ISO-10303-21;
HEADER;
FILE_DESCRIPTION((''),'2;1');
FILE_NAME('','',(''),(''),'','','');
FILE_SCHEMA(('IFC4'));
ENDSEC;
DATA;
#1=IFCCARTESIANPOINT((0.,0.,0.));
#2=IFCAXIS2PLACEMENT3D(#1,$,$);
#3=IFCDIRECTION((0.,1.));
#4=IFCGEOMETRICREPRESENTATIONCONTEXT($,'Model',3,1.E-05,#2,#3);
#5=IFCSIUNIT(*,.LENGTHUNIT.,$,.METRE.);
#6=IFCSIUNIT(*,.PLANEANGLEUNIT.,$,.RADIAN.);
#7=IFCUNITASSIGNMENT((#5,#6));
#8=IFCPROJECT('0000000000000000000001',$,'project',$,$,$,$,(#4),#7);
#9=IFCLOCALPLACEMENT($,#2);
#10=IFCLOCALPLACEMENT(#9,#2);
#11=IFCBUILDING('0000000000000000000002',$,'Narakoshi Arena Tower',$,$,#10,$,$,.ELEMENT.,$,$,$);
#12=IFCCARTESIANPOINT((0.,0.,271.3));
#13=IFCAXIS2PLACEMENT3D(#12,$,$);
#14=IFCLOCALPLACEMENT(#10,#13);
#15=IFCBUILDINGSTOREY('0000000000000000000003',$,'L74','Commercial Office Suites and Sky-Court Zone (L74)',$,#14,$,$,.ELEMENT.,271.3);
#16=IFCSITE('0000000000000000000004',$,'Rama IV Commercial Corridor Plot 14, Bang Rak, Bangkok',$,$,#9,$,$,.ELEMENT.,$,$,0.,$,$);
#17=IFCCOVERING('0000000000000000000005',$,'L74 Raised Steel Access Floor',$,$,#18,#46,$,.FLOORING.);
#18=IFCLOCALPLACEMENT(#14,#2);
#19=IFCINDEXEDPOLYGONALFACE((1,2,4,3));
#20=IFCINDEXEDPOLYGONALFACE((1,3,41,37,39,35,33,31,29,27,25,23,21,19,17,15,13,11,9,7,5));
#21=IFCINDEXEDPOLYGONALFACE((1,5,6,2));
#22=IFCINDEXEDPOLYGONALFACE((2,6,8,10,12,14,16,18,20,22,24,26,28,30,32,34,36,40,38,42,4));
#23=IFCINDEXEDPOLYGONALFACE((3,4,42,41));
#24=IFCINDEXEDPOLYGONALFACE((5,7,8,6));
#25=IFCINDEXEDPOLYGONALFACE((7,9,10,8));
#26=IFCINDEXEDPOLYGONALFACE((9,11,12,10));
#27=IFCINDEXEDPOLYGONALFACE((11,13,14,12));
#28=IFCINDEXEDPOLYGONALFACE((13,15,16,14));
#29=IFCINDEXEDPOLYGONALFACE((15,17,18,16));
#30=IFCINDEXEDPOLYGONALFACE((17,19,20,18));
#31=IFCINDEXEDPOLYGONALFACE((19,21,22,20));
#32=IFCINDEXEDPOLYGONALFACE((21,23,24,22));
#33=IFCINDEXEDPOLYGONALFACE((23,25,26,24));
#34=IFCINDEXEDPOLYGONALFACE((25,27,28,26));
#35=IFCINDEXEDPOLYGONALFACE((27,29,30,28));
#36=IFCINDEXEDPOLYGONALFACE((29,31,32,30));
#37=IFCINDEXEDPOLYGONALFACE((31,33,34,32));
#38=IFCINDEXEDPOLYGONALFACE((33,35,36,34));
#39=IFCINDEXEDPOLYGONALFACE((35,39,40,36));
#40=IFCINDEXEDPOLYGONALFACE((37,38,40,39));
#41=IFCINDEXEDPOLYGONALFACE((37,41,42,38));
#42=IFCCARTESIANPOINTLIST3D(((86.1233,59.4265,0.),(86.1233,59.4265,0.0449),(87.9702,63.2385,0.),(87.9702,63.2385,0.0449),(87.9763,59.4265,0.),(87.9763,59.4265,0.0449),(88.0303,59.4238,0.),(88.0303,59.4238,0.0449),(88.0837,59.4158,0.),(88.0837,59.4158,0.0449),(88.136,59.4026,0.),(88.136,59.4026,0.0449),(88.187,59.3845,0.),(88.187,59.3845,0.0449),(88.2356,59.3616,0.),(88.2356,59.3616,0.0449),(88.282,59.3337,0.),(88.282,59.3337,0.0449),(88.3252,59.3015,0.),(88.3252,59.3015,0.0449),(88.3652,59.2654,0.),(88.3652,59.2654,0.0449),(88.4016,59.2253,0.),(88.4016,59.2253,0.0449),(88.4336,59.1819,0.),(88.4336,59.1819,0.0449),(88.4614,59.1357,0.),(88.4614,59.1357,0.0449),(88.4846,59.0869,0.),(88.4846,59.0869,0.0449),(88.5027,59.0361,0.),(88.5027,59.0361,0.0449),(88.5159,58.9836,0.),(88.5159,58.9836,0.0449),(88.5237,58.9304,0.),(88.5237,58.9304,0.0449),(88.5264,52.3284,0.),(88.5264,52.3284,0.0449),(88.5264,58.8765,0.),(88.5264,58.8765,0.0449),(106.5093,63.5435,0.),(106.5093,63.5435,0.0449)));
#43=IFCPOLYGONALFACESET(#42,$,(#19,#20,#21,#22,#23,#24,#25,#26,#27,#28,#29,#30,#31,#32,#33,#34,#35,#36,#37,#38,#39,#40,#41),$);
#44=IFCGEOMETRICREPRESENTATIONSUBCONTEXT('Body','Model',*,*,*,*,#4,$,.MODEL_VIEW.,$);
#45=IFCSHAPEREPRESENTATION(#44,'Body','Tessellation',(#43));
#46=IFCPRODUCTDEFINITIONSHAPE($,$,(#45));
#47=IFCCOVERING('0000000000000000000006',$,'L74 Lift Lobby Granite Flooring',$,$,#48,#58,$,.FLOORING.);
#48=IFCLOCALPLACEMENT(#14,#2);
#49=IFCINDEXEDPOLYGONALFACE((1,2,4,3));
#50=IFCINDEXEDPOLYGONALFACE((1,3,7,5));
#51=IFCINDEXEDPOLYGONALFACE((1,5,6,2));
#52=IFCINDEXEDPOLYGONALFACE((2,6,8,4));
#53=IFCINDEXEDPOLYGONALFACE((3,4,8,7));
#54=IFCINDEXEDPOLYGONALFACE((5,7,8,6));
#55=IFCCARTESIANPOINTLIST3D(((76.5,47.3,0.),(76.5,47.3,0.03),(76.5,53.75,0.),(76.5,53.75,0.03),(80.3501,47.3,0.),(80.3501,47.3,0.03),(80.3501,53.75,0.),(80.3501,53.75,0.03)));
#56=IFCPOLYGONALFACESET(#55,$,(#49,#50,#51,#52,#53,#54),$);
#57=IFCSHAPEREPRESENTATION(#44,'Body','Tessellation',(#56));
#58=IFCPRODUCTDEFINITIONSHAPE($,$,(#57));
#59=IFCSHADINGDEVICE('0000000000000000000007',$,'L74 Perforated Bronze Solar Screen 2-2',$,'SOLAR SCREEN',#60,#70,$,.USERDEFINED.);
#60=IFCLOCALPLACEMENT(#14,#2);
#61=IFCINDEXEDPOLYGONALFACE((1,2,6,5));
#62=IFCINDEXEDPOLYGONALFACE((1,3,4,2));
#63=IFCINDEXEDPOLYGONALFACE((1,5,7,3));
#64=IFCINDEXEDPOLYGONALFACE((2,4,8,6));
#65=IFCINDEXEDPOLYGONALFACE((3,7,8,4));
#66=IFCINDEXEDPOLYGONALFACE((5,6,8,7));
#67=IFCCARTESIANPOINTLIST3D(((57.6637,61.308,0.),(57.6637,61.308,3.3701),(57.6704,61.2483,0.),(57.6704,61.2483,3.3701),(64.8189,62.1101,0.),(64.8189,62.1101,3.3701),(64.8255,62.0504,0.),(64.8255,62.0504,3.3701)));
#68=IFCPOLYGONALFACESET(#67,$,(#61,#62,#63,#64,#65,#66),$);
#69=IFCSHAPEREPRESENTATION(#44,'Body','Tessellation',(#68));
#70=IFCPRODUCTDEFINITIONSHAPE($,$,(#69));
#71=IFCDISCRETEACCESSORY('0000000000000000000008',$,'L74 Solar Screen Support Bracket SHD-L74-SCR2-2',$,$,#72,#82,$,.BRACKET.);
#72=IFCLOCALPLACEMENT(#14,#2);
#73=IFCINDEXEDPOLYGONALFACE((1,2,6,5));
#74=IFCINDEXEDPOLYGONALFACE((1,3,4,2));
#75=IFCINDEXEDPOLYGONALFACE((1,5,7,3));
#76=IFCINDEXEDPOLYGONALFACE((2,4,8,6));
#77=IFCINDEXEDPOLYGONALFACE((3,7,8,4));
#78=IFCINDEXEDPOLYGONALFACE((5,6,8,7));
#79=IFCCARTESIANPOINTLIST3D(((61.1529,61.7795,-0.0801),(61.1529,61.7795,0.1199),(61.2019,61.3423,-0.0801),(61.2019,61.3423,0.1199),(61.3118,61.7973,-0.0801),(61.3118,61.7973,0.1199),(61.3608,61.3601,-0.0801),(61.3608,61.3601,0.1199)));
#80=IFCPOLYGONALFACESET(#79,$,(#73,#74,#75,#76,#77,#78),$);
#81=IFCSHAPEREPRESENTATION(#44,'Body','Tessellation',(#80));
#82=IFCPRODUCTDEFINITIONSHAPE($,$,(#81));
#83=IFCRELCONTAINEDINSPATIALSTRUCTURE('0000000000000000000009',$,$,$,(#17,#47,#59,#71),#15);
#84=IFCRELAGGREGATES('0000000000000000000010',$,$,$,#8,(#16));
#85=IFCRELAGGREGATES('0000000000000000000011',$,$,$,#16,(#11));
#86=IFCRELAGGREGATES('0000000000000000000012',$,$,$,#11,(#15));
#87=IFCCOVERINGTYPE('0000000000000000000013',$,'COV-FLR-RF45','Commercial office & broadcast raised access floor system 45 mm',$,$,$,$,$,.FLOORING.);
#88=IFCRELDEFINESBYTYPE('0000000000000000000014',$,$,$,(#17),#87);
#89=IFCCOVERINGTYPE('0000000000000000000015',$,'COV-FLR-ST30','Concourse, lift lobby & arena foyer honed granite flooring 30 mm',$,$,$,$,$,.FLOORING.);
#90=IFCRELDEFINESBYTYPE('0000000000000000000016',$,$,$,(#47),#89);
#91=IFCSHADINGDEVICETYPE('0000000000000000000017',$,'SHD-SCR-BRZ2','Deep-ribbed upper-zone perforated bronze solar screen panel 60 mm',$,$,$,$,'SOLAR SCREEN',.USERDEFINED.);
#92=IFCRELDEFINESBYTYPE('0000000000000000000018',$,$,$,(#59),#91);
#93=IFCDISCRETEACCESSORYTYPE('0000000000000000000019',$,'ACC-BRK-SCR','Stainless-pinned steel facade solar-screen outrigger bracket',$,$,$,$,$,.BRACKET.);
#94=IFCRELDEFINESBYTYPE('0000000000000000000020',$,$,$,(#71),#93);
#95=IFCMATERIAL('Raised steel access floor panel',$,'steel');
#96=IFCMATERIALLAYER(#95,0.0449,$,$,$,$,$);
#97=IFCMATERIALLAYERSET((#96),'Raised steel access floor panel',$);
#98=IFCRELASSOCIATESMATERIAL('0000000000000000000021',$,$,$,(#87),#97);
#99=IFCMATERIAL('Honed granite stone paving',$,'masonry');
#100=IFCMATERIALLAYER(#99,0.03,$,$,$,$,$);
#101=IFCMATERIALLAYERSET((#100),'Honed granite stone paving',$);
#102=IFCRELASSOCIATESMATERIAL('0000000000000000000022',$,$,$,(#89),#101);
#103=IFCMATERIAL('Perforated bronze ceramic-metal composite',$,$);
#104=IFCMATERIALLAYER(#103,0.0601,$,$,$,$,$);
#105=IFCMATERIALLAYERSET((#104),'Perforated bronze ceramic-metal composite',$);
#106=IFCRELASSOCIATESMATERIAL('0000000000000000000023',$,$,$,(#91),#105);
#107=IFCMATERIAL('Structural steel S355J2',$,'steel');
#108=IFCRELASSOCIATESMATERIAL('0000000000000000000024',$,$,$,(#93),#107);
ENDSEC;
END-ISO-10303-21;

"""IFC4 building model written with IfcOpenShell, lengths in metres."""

from ifc_helpers import new_model, si_unit, direction, frame, origin, origin_2d, place, context, subcontext, project, spatial, polyline, rectangle, outline, extrude, material, layer, layer_set, type_object, element, save


model = new_model("IFC4")

# Units and contexts
model_context = context("Model", 3, precision=1e-05, world=origin(), true_north=direction((0.0, 1.0)))
body_context = subcontext(model_context, "Body", "Model", "MODEL_VIEW")
ifc_project = project(units=[si_unit("LENGTHUNIT", "METRE"), si_unit("PLANEANGLEUNIT", "RADIAN")], contexts=[model_context])

# Site, building, storey
site_placement = place(None, origin())
site = spatial("IfcSite", under=ifc_project, at=site_placement, Name="Rama IV Commercial Corridor Plot 14, Bang Rak, Bangkok", CompositionType="ELEMENT", RefElevation=0.0)
building_placement = place(site_placement, origin())
building = spatial("IfcBuilding", under=site, at=building_placement, Name="Narakoshi Arena Tower", CompositionType="ELEMENT")
storey_placement = place(building_placement, frame((0.0, 0.0, 271.3)))
storey = spatial("IfcBuildingStorey", under=building, at=storey_placement, Name="L74", Description="Commercial Office Suites and Sky-Court Zone (L74)", CompositionType="ELEMENT", Elevation=271.3)

# Shared definitions
ifc_material_1 = material(Name="Structural steel S355J2", Category="steel")

# Coverings
ifc_material_2 = material(Name="Raised steel access floor panel", Category="steel")
ifc_layer_1 = layer(ifc_material_2, 0.0449)
ifc_layer_set_1 = layer_set([ifc_layer_1], Name="Raised steel access floor panel")
covering_type_1 = type_object("IfcCoveringType", Name="COV-FLR-RF45", Description="Commercial office & broadcast raised access floor system 45 mm", PredefinedType="FLOORING", material=ifc_layer_set_1)
covering_1_placement = place(storey_placement, origin())
element("IfcCovering", 1, at=covering_1_placement, inside=storey, type_object=covering_type_1, Name="L74 Raised Steel Access Floor", PredefinedType="FLOORING", context=body_context, shape_type="SweptSolid", body=[
    extrude(outline(polyline([(88.5264, 52.3284), (88.5264, 58.8765), (88.5237, 58.9304), (88.5159, 58.9836), (88.5027, 59.0361), (88.4846, 59.0869), (88.4614, 59.1357), (88.4336, 59.1819), (88.4016, 59.2253), (88.3652, 59.2654), (88.3252, 59.3015), (88.282, 59.3337), (88.2356, 59.3616), (88.187, 59.3845), (88.136, 59.4026), (88.0837, 59.4158), (88.0303, 59.4238), (87.9763, 59.4265), (86.1233, 59.4265), (87.9702, 63.2385), (106.5093, 63.5435), (88.5264, 52.3284)])), origin(), (0.0, 0.0, 1.0), 0.0449),
])
ifc_material_3 = material(Name="Honed granite stone paving", Category="masonry")
ifc_layer_2 = layer(ifc_material_3, 0.03)
ifc_layer_set_2 = layer_set([ifc_layer_2], Name="Honed granite stone paving")
covering_type_2 = type_object("IfcCoveringType", Name="COV-FLR-ST30", Description="Concourse, lift lobby & arena foyer honed granite flooring 30 mm", PredefinedType="FLOORING", material=ifc_layer_set_2)
covering_2_placement = place(storey_placement, origin())
element("IfcCovering", 2, at=covering_2_placement, inside=storey, type_object=covering_type_2, Name="L74 Lift Lobby Granite Flooring", PredefinedType="FLOORING", context=body_context, shape_type="SweptSolid", body=[
    extrude(outline(polyline([(76.5, 47.3), (80.3501, 47.3), (80.3501, 53.75), (76.5, 53.75), (76.5, 47.3)])), origin(), (0.0, 0.0, 1.0), 0.03),
])

# Shading device
ifc_material_4 = material(Name="Perforated bronze ceramic-metal composite")
ifc_layer_3 = layer(ifc_material_4, 0.0601)
ifc_layer_set_3 = layer_set([ifc_layer_3], Name="Perforated bronze ceramic-metal composite")
shading_device_type = type_object("IfcShadingDeviceType", Name="SHD-SCR-BRZ2", Description="Deep-ribbed upper-zone perforated bronze solar screen panel 60 mm", ElementType="SOLAR SCREEN", PredefinedType="USERDEFINED", material=ifc_layer_set_3)
shading_device_placement = place(storey_placement, frame((61.2446, 61.6792, 0.0), z_axis=(0.0, 0.0, 1.0), x_axis=(-0.993776, -0.1114, 0.0)))
element("IfcShadingDevice", 3, at=shading_device_placement, inside=storey, type_object=shading_device_type, Name="L74 Perforated Bronze Solar Screen 2-2", ObjectType="SOLAR SCREEN", PredefinedType="USERDEFINED", context=body_context, shape_type="SweptSolid", body=[
    extrude(rectangle(XDim=7.2, YDim=0.0601, at=origin_2d()), origin(), (0.0, 0.0, 1.0), 3.3701),
])

# Discrete accessory
discrete_accessory_type = type_object("IfcDiscreteAccessoryType", Name="ACC-BRK-SCR", Description="Stainless-pinned steel facade solar-screen outrigger bracket", PredefinedType="BRACKET", material=ifc_material_1)
discrete_accessory_placement = place(storey_placement, frame((61.2568, 61.5698, -0.0801), z_axis=(0.0, 0.0, 1.0), x_axis=(-0.993776, -0.1114, 0.0)))
element("IfcDiscreteAccessory", 4, at=discrete_accessory_placement, inside=storey, type_object=discrete_accessory_type, Name="L74 Solar Screen Support Bracket SHD-L74-SCR2-2", PredefinedType="BRACKET", context=body_context, shape_type="SweptSolid", body=[
    extrude(rectangle(XDim=0.1599, YDim=0.4399, at=origin_2d()), origin(), (0.0, 0.0, 1.0), 0.2),
])

save(model, "model.ifc")
